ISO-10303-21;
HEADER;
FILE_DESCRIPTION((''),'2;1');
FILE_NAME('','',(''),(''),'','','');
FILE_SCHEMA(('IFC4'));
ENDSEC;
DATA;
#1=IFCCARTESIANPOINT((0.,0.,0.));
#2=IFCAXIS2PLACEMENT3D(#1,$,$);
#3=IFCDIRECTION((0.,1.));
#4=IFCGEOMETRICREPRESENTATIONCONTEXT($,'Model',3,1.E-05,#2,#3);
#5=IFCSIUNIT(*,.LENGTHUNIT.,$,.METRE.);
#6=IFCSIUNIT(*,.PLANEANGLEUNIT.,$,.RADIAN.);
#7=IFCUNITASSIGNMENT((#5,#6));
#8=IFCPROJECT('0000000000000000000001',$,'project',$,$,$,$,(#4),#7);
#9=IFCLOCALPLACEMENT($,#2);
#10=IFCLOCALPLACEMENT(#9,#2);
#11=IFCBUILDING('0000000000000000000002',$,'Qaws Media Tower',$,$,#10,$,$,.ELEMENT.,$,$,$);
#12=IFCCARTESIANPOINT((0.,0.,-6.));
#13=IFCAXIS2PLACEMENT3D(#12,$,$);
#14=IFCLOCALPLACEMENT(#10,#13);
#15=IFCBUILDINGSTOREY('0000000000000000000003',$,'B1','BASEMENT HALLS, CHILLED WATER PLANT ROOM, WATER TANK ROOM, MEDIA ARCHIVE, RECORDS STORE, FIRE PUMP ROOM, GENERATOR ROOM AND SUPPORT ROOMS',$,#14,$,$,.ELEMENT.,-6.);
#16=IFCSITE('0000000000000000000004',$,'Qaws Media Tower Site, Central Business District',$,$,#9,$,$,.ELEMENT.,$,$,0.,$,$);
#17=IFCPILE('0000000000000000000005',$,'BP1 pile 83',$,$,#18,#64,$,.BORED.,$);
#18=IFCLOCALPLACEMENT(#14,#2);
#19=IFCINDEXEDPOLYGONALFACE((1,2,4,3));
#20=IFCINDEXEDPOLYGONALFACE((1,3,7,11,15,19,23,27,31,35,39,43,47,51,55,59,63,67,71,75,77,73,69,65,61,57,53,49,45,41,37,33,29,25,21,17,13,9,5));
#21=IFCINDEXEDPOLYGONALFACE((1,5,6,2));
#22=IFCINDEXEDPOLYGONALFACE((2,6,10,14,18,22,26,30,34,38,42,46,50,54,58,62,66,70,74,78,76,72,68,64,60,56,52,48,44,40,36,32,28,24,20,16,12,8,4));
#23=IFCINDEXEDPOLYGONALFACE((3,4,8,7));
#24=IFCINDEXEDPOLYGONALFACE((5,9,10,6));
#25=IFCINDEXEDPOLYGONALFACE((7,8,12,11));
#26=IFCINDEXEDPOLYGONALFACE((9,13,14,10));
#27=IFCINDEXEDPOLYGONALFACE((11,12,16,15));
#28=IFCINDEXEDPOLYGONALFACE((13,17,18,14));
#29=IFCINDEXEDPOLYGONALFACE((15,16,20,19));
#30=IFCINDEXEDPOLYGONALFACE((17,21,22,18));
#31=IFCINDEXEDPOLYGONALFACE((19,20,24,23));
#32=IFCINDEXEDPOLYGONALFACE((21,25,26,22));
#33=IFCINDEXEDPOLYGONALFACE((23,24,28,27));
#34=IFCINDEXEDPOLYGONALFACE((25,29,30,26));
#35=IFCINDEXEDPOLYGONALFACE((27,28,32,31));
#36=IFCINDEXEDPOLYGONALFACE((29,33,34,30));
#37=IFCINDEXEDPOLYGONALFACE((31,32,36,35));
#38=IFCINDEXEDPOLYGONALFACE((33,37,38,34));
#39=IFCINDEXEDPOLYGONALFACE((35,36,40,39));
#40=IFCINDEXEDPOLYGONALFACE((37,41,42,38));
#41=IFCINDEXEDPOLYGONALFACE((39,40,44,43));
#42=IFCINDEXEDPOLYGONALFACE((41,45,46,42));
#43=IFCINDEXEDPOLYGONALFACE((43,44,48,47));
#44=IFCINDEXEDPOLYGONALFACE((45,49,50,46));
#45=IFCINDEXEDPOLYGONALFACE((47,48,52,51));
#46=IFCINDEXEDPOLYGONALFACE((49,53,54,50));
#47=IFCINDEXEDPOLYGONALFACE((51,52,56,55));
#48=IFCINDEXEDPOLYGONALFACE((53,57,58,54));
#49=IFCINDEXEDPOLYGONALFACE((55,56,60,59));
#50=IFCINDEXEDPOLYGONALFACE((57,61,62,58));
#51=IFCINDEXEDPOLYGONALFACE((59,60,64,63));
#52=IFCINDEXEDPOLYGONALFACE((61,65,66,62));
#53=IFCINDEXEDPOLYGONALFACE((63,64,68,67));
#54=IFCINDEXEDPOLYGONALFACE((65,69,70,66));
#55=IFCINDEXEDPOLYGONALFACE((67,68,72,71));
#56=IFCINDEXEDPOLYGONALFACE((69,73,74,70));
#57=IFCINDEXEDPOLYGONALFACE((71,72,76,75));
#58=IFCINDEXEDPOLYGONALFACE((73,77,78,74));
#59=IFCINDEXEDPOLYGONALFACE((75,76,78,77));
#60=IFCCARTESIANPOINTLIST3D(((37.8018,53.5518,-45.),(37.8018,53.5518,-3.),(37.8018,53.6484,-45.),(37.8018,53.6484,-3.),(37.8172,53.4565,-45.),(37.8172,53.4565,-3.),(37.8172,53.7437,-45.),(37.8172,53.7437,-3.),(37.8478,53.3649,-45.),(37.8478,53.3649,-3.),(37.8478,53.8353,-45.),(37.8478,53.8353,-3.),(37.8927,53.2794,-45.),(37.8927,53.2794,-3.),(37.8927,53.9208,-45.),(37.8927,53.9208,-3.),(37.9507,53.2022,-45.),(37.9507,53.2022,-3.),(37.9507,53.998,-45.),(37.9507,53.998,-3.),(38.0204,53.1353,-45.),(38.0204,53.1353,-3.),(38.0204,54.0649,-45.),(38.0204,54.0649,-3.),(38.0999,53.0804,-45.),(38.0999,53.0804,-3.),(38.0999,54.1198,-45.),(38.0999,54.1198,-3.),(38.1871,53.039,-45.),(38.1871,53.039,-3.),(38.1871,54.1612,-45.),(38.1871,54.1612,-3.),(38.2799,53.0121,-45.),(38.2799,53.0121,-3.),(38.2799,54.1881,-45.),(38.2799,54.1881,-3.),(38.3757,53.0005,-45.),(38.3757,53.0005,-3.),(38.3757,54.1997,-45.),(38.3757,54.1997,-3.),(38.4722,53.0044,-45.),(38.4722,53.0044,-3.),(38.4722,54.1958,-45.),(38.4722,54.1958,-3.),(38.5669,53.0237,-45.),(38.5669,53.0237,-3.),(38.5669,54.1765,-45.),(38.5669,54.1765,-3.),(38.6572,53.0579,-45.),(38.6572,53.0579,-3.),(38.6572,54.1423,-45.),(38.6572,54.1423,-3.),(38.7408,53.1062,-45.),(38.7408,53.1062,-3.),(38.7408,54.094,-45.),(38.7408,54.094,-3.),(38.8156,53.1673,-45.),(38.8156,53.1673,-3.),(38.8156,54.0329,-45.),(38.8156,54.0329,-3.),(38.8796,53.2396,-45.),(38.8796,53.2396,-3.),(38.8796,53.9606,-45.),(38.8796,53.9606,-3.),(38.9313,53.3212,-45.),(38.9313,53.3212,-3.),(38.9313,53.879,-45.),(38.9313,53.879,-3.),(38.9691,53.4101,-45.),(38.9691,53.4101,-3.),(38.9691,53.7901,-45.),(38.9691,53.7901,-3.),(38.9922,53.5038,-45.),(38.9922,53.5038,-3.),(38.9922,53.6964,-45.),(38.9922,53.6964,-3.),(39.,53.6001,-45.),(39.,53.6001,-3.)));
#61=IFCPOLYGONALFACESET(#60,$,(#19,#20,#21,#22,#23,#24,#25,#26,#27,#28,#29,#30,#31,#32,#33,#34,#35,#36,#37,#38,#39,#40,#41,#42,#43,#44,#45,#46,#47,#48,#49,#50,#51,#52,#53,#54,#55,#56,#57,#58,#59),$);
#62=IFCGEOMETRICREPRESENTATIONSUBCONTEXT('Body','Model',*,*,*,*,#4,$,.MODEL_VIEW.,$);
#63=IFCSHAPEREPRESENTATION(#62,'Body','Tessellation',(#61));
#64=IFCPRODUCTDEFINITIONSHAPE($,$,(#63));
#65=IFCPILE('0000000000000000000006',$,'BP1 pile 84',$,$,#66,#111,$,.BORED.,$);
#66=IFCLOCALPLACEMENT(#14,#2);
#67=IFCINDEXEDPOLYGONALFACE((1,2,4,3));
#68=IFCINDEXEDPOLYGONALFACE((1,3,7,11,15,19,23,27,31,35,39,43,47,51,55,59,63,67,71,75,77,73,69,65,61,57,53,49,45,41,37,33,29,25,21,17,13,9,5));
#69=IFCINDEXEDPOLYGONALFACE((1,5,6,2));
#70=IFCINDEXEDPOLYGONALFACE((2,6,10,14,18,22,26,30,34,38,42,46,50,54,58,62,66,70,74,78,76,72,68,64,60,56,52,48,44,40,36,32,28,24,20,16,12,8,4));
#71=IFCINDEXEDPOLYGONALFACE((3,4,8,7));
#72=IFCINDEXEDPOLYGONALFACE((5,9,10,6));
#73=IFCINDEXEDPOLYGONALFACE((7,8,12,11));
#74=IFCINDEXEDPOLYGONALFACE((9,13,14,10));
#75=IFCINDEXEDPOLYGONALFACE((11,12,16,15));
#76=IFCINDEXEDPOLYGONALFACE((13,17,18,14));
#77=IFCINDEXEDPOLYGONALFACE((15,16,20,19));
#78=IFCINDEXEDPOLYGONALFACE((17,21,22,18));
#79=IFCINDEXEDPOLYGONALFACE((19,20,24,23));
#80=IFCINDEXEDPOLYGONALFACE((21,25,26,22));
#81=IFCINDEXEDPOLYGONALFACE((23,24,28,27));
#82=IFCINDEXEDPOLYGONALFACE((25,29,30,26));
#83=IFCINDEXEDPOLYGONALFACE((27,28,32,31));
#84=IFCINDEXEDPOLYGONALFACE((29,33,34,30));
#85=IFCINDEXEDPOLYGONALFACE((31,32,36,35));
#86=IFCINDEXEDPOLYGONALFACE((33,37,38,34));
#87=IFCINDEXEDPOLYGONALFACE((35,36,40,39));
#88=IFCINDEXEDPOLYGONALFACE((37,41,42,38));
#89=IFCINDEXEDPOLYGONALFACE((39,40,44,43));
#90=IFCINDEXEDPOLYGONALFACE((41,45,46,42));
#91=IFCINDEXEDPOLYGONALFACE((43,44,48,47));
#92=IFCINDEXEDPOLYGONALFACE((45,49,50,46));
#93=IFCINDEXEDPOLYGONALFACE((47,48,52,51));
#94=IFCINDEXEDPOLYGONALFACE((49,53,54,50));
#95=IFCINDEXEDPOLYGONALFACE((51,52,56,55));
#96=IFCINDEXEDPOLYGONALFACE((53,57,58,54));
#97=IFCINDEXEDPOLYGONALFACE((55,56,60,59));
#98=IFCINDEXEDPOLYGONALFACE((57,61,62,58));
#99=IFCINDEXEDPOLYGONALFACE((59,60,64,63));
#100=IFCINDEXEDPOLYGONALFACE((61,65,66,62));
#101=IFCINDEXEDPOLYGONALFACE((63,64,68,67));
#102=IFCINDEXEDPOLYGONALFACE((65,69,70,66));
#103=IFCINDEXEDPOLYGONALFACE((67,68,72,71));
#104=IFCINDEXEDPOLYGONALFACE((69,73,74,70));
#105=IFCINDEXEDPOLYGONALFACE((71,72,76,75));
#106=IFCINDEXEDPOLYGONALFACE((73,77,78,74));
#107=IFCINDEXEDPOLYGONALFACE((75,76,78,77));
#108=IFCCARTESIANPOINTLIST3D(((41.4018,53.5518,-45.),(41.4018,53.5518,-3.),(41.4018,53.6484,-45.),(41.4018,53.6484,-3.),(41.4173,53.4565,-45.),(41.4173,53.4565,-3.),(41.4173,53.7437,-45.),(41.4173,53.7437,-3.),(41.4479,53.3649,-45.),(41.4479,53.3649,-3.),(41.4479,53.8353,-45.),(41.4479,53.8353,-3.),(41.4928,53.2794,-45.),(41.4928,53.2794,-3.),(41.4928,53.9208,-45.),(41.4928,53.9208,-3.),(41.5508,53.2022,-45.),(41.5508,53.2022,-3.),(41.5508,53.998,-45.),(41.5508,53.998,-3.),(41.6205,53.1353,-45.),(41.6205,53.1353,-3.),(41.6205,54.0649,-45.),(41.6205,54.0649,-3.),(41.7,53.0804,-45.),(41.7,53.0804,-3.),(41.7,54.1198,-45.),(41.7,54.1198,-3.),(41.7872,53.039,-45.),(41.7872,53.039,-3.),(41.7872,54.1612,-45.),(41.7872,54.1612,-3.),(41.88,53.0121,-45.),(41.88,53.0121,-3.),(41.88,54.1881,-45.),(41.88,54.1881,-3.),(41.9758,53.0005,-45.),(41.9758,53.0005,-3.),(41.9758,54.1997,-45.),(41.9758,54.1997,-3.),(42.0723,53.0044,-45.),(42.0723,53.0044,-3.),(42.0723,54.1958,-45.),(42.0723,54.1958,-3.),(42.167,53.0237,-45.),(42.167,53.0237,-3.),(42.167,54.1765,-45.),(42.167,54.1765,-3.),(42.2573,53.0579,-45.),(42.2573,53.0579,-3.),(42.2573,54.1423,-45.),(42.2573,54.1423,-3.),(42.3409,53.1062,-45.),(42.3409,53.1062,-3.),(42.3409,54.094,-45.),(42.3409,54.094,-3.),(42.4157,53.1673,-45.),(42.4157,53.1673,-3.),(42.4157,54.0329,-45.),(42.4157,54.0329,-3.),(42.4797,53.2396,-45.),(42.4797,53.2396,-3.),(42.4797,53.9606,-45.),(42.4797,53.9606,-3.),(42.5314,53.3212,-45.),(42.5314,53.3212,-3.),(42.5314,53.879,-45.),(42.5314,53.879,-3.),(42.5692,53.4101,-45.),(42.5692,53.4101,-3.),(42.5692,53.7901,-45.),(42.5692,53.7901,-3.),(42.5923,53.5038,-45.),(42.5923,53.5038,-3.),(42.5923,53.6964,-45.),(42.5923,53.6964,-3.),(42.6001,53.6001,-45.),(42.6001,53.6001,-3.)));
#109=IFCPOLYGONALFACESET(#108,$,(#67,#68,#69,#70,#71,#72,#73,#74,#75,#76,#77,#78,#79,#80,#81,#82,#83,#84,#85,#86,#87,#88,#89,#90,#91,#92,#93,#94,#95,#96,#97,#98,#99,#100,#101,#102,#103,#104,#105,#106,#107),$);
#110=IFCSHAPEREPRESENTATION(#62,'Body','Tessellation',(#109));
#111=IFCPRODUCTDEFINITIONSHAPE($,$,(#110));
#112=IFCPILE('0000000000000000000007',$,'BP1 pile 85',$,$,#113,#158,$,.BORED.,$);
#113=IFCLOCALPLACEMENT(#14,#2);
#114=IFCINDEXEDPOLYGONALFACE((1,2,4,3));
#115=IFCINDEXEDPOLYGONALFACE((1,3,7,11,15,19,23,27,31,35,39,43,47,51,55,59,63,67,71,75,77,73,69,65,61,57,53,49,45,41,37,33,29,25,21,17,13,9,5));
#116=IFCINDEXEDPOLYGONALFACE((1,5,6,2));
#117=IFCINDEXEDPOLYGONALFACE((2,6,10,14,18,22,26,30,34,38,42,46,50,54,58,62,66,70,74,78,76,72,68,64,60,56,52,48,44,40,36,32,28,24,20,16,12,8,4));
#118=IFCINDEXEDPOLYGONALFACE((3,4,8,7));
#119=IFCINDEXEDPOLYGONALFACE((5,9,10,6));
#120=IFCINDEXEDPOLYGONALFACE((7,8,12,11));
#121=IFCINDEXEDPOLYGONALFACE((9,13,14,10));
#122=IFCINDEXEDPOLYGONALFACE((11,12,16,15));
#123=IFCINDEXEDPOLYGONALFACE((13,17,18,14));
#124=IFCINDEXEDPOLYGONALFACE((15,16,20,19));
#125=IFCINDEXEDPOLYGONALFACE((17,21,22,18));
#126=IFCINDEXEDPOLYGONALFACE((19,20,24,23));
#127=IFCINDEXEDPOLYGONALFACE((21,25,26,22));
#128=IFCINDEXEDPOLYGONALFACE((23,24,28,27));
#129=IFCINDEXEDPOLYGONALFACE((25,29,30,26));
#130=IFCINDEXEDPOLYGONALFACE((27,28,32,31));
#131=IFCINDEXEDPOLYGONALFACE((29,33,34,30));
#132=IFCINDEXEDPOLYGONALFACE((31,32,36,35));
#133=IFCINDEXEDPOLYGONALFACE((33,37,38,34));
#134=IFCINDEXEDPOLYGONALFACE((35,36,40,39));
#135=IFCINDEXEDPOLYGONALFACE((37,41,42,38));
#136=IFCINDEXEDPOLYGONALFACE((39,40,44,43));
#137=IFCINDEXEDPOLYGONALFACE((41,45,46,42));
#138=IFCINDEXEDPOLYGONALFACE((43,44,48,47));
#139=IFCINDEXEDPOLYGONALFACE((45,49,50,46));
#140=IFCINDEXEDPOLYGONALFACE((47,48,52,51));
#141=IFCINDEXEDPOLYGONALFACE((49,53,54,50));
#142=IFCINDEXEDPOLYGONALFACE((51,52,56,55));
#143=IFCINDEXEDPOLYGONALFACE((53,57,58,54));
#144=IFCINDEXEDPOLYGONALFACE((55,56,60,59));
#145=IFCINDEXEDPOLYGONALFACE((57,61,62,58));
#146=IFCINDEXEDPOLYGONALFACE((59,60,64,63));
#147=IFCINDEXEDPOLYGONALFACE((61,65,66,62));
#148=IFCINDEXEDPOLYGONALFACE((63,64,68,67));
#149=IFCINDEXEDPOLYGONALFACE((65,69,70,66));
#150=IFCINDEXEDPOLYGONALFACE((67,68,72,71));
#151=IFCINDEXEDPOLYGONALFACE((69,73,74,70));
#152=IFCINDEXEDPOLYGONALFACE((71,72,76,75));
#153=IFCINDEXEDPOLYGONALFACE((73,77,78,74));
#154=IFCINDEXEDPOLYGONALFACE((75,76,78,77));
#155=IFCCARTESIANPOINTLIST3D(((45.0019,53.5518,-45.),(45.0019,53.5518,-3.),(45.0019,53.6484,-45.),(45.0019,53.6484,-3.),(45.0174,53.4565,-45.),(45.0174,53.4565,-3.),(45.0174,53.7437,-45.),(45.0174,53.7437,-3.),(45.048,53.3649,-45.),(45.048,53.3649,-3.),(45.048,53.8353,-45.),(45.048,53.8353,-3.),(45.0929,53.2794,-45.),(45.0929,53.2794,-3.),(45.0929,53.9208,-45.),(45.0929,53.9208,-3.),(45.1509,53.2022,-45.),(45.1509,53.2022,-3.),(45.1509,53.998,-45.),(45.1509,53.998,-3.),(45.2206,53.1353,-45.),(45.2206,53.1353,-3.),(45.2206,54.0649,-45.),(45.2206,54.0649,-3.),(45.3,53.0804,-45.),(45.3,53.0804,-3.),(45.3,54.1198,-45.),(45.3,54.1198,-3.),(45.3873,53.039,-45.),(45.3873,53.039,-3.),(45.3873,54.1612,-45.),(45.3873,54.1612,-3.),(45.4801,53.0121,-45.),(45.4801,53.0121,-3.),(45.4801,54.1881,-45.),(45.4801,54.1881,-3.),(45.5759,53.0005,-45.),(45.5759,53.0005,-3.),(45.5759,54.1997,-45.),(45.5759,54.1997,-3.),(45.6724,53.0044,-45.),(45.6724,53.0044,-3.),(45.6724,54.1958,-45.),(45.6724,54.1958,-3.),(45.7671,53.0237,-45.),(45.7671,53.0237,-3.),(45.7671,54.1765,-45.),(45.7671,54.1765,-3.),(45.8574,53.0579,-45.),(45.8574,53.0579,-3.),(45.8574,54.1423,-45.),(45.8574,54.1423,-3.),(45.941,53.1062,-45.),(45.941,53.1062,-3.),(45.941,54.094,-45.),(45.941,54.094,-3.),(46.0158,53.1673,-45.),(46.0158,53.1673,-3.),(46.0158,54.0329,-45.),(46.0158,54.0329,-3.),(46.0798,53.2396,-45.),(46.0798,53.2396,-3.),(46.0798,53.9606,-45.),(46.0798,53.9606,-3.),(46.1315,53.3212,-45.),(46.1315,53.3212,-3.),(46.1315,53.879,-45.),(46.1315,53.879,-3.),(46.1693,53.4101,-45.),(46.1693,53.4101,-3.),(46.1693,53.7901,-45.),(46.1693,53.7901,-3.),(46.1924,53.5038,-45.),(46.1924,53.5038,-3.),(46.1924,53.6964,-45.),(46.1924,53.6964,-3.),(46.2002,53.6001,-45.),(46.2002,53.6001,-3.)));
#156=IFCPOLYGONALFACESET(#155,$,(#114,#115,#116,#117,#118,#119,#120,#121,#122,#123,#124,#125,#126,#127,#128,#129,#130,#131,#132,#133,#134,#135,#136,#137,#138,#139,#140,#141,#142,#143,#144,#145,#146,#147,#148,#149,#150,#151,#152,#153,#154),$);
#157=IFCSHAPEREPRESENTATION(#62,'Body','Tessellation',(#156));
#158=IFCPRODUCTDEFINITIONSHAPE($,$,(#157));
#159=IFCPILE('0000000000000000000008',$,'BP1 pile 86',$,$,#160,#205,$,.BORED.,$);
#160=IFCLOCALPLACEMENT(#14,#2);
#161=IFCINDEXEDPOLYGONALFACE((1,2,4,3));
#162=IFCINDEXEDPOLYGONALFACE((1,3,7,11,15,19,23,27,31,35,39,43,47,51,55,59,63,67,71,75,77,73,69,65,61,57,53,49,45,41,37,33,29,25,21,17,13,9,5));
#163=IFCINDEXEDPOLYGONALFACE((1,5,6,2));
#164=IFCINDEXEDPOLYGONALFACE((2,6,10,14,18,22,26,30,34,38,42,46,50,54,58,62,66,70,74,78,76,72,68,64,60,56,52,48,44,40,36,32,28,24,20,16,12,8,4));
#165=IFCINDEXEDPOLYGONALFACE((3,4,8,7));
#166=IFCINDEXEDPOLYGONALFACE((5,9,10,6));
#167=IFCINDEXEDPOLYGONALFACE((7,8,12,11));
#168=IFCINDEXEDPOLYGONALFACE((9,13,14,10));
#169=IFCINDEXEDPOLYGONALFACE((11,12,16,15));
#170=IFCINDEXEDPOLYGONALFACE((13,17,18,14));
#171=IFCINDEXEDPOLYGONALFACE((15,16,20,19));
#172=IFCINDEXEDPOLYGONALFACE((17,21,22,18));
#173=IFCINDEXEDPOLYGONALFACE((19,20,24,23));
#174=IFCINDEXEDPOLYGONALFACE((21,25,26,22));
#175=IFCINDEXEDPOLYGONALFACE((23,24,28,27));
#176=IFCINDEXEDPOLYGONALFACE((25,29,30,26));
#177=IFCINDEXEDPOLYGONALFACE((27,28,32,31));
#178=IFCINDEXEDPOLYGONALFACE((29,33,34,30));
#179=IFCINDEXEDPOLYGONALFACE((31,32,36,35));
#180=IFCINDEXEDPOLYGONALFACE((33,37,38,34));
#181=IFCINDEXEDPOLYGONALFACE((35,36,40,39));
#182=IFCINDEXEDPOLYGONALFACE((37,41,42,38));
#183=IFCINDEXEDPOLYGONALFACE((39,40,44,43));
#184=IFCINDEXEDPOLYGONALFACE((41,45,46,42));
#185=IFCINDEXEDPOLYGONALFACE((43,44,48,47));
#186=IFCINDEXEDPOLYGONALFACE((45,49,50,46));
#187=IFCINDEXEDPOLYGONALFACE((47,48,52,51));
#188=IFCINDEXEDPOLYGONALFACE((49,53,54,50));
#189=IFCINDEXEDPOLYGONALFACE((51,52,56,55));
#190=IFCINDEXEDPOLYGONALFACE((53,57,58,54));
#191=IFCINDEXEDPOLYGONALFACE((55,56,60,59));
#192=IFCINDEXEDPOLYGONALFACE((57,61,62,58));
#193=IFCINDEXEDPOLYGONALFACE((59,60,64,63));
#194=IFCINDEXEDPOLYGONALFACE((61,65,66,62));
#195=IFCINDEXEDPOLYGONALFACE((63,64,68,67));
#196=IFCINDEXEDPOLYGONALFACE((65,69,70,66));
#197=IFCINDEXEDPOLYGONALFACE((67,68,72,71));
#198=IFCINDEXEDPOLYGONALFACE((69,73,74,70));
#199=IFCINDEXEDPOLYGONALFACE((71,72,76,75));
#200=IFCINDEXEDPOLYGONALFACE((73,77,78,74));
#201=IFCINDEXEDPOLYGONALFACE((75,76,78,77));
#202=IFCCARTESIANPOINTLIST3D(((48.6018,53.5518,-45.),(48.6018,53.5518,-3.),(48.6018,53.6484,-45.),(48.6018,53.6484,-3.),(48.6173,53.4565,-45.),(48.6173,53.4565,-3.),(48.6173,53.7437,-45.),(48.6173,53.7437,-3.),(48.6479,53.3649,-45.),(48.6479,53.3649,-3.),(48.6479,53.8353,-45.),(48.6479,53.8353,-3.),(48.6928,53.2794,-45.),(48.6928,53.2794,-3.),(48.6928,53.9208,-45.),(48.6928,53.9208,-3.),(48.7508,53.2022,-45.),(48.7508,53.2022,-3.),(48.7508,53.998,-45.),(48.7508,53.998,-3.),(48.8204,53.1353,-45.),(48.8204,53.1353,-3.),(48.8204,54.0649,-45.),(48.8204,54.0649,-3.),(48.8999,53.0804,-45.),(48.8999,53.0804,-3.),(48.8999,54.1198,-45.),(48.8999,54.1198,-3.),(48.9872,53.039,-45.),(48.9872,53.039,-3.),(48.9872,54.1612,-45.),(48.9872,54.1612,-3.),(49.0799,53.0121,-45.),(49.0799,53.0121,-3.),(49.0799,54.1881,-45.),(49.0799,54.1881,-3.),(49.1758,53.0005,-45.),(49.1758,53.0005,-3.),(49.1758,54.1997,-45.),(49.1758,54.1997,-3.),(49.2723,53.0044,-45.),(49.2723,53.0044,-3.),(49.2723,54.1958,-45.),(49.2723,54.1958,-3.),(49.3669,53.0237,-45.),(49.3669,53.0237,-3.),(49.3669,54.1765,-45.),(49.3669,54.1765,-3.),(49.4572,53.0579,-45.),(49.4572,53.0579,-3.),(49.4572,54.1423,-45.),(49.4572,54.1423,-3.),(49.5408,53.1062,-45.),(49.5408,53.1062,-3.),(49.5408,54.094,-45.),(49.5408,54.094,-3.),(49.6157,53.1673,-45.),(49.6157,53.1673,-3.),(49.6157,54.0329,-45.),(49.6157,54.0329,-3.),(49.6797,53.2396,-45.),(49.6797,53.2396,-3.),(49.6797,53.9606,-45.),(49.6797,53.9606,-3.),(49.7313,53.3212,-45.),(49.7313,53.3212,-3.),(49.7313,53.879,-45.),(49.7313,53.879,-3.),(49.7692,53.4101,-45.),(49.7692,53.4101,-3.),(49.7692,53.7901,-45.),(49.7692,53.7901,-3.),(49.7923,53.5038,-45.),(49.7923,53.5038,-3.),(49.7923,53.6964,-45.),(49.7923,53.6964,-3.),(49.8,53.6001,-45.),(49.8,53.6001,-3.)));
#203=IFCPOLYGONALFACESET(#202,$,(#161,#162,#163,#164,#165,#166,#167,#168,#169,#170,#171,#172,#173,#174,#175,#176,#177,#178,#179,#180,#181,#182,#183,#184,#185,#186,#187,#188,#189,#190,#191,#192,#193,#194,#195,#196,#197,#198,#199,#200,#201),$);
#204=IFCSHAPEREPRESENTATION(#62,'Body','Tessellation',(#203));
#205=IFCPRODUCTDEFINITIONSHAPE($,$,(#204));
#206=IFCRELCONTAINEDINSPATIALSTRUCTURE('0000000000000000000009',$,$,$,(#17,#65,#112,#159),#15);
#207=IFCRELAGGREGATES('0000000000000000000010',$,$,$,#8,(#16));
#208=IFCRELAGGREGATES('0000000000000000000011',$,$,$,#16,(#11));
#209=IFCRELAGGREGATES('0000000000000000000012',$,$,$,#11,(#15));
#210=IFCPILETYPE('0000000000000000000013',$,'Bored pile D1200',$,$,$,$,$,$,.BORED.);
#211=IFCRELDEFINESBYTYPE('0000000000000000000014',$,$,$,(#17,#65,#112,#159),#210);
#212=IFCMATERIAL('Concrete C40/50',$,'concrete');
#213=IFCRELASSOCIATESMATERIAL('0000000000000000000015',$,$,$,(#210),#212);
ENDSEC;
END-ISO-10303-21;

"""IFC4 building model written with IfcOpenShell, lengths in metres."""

from ifc_helpers import new_model, si_unit, direction, frame, origin, origin_2d, place, context, subcontext, project, spatial, circle, extrude, material, material_profile, profile_set, type_object, element, save


model = new_model("IFC4")

# Units and contexts
model_context = context("Model", 3, precision=1e-05, world=origin(), true_north=direction((0.0, 1.0)))
body_context = subcontext(model_context, "Body", "Model", "MODEL_VIEW")
ifc_project = project(units=[si_unit("LENGTHUNIT", "METRE"), si_unit("PLANEANGLEUNIT", "RADIAN")], contexts=[model_context])

# Site, building, storey
site_placement = place(None, origin())
site = spatial("IfcSite", under=ifc_project, at=site_placement, Name="Qaws Media Tower Site, Central Business District", CompositionType="ELEMENT", RefElevation=0.0)
building_placement = place(site_placement, origin())
building = spatial("IfcBuilding", under=site, at=building_placement, Name="Qaws Media Tower", CompositionType="ELEMENT")
storey_placement = place(building_placement, frame((0.0, 0.0, -6.0)))
storey = spatial("IfcBuildingStorey", under=building, at=storey_placement, Name="B1", Description="BASEMENT HALLS, CHILLED WATER PLANT ROOM, WATER TANK ROOM, MEDIA ARCHIVE, RECORDS STORE, FIRE PUMP ROOM, GENERATOR ROOM AND SUPPORT ROOMS", CompositionType="ELEMENT", Elevation=-6.0)

# Piles
ifc_material_1 = material(Name="Concrete C40/50", Category="concrete")
ifc_material_profile_1 = material_profile(ifc_material_1, circle(Radius=0.6001, at=origin_2d()), Name="D1200")
ifc_profile_set_1 = profile_set([ifc_material_profile_1], Name="Concrete C40/50")
pile_type = type_object("IfcPileType", Name="Bored pile D1200", PredefinedType="BORED", material=ifc_profile_set_1)
for number, where, z_axis, x_axis, name in (
    (1, (38.3999, 53.6001, -3.0), (0.0, 0.0, -1.0), (1.0, 0.0, 0.0), "BP1 pile 83"),
    (2, (42.0, 53.6001, -3.0), (0.0, 0.0, -1.0), (1.0, 0.0, 0.0), "BP1 pile 84"),
    (3, (45.6001, 53.6001, -3.0), (0.0, 0.0, -1.0), (1.0, 0.0, 0.0), "BP1 pile 85"),
    (4, (49.2, 53.6001, -3.0), (0.0, 0.0, -1.0), (1.0, 0.0, 0.0), "BP1 pile 86"),
):
    element("IfcPile", number, at=place(storey_placement, frame(where, z_axis=z_axis, x_axis=x_axis)), inside=storey, type_object=pile_type, Name=name, PredefinedType="BORED", context=body_context, shape_type="SweptSolid", body=[
        extrude(circle(Radius=0.6001, at=origin_2d()), origin(), (0.0, 0.0, 1.0), 42.0),
    ])

save(model, "model.ifc")
